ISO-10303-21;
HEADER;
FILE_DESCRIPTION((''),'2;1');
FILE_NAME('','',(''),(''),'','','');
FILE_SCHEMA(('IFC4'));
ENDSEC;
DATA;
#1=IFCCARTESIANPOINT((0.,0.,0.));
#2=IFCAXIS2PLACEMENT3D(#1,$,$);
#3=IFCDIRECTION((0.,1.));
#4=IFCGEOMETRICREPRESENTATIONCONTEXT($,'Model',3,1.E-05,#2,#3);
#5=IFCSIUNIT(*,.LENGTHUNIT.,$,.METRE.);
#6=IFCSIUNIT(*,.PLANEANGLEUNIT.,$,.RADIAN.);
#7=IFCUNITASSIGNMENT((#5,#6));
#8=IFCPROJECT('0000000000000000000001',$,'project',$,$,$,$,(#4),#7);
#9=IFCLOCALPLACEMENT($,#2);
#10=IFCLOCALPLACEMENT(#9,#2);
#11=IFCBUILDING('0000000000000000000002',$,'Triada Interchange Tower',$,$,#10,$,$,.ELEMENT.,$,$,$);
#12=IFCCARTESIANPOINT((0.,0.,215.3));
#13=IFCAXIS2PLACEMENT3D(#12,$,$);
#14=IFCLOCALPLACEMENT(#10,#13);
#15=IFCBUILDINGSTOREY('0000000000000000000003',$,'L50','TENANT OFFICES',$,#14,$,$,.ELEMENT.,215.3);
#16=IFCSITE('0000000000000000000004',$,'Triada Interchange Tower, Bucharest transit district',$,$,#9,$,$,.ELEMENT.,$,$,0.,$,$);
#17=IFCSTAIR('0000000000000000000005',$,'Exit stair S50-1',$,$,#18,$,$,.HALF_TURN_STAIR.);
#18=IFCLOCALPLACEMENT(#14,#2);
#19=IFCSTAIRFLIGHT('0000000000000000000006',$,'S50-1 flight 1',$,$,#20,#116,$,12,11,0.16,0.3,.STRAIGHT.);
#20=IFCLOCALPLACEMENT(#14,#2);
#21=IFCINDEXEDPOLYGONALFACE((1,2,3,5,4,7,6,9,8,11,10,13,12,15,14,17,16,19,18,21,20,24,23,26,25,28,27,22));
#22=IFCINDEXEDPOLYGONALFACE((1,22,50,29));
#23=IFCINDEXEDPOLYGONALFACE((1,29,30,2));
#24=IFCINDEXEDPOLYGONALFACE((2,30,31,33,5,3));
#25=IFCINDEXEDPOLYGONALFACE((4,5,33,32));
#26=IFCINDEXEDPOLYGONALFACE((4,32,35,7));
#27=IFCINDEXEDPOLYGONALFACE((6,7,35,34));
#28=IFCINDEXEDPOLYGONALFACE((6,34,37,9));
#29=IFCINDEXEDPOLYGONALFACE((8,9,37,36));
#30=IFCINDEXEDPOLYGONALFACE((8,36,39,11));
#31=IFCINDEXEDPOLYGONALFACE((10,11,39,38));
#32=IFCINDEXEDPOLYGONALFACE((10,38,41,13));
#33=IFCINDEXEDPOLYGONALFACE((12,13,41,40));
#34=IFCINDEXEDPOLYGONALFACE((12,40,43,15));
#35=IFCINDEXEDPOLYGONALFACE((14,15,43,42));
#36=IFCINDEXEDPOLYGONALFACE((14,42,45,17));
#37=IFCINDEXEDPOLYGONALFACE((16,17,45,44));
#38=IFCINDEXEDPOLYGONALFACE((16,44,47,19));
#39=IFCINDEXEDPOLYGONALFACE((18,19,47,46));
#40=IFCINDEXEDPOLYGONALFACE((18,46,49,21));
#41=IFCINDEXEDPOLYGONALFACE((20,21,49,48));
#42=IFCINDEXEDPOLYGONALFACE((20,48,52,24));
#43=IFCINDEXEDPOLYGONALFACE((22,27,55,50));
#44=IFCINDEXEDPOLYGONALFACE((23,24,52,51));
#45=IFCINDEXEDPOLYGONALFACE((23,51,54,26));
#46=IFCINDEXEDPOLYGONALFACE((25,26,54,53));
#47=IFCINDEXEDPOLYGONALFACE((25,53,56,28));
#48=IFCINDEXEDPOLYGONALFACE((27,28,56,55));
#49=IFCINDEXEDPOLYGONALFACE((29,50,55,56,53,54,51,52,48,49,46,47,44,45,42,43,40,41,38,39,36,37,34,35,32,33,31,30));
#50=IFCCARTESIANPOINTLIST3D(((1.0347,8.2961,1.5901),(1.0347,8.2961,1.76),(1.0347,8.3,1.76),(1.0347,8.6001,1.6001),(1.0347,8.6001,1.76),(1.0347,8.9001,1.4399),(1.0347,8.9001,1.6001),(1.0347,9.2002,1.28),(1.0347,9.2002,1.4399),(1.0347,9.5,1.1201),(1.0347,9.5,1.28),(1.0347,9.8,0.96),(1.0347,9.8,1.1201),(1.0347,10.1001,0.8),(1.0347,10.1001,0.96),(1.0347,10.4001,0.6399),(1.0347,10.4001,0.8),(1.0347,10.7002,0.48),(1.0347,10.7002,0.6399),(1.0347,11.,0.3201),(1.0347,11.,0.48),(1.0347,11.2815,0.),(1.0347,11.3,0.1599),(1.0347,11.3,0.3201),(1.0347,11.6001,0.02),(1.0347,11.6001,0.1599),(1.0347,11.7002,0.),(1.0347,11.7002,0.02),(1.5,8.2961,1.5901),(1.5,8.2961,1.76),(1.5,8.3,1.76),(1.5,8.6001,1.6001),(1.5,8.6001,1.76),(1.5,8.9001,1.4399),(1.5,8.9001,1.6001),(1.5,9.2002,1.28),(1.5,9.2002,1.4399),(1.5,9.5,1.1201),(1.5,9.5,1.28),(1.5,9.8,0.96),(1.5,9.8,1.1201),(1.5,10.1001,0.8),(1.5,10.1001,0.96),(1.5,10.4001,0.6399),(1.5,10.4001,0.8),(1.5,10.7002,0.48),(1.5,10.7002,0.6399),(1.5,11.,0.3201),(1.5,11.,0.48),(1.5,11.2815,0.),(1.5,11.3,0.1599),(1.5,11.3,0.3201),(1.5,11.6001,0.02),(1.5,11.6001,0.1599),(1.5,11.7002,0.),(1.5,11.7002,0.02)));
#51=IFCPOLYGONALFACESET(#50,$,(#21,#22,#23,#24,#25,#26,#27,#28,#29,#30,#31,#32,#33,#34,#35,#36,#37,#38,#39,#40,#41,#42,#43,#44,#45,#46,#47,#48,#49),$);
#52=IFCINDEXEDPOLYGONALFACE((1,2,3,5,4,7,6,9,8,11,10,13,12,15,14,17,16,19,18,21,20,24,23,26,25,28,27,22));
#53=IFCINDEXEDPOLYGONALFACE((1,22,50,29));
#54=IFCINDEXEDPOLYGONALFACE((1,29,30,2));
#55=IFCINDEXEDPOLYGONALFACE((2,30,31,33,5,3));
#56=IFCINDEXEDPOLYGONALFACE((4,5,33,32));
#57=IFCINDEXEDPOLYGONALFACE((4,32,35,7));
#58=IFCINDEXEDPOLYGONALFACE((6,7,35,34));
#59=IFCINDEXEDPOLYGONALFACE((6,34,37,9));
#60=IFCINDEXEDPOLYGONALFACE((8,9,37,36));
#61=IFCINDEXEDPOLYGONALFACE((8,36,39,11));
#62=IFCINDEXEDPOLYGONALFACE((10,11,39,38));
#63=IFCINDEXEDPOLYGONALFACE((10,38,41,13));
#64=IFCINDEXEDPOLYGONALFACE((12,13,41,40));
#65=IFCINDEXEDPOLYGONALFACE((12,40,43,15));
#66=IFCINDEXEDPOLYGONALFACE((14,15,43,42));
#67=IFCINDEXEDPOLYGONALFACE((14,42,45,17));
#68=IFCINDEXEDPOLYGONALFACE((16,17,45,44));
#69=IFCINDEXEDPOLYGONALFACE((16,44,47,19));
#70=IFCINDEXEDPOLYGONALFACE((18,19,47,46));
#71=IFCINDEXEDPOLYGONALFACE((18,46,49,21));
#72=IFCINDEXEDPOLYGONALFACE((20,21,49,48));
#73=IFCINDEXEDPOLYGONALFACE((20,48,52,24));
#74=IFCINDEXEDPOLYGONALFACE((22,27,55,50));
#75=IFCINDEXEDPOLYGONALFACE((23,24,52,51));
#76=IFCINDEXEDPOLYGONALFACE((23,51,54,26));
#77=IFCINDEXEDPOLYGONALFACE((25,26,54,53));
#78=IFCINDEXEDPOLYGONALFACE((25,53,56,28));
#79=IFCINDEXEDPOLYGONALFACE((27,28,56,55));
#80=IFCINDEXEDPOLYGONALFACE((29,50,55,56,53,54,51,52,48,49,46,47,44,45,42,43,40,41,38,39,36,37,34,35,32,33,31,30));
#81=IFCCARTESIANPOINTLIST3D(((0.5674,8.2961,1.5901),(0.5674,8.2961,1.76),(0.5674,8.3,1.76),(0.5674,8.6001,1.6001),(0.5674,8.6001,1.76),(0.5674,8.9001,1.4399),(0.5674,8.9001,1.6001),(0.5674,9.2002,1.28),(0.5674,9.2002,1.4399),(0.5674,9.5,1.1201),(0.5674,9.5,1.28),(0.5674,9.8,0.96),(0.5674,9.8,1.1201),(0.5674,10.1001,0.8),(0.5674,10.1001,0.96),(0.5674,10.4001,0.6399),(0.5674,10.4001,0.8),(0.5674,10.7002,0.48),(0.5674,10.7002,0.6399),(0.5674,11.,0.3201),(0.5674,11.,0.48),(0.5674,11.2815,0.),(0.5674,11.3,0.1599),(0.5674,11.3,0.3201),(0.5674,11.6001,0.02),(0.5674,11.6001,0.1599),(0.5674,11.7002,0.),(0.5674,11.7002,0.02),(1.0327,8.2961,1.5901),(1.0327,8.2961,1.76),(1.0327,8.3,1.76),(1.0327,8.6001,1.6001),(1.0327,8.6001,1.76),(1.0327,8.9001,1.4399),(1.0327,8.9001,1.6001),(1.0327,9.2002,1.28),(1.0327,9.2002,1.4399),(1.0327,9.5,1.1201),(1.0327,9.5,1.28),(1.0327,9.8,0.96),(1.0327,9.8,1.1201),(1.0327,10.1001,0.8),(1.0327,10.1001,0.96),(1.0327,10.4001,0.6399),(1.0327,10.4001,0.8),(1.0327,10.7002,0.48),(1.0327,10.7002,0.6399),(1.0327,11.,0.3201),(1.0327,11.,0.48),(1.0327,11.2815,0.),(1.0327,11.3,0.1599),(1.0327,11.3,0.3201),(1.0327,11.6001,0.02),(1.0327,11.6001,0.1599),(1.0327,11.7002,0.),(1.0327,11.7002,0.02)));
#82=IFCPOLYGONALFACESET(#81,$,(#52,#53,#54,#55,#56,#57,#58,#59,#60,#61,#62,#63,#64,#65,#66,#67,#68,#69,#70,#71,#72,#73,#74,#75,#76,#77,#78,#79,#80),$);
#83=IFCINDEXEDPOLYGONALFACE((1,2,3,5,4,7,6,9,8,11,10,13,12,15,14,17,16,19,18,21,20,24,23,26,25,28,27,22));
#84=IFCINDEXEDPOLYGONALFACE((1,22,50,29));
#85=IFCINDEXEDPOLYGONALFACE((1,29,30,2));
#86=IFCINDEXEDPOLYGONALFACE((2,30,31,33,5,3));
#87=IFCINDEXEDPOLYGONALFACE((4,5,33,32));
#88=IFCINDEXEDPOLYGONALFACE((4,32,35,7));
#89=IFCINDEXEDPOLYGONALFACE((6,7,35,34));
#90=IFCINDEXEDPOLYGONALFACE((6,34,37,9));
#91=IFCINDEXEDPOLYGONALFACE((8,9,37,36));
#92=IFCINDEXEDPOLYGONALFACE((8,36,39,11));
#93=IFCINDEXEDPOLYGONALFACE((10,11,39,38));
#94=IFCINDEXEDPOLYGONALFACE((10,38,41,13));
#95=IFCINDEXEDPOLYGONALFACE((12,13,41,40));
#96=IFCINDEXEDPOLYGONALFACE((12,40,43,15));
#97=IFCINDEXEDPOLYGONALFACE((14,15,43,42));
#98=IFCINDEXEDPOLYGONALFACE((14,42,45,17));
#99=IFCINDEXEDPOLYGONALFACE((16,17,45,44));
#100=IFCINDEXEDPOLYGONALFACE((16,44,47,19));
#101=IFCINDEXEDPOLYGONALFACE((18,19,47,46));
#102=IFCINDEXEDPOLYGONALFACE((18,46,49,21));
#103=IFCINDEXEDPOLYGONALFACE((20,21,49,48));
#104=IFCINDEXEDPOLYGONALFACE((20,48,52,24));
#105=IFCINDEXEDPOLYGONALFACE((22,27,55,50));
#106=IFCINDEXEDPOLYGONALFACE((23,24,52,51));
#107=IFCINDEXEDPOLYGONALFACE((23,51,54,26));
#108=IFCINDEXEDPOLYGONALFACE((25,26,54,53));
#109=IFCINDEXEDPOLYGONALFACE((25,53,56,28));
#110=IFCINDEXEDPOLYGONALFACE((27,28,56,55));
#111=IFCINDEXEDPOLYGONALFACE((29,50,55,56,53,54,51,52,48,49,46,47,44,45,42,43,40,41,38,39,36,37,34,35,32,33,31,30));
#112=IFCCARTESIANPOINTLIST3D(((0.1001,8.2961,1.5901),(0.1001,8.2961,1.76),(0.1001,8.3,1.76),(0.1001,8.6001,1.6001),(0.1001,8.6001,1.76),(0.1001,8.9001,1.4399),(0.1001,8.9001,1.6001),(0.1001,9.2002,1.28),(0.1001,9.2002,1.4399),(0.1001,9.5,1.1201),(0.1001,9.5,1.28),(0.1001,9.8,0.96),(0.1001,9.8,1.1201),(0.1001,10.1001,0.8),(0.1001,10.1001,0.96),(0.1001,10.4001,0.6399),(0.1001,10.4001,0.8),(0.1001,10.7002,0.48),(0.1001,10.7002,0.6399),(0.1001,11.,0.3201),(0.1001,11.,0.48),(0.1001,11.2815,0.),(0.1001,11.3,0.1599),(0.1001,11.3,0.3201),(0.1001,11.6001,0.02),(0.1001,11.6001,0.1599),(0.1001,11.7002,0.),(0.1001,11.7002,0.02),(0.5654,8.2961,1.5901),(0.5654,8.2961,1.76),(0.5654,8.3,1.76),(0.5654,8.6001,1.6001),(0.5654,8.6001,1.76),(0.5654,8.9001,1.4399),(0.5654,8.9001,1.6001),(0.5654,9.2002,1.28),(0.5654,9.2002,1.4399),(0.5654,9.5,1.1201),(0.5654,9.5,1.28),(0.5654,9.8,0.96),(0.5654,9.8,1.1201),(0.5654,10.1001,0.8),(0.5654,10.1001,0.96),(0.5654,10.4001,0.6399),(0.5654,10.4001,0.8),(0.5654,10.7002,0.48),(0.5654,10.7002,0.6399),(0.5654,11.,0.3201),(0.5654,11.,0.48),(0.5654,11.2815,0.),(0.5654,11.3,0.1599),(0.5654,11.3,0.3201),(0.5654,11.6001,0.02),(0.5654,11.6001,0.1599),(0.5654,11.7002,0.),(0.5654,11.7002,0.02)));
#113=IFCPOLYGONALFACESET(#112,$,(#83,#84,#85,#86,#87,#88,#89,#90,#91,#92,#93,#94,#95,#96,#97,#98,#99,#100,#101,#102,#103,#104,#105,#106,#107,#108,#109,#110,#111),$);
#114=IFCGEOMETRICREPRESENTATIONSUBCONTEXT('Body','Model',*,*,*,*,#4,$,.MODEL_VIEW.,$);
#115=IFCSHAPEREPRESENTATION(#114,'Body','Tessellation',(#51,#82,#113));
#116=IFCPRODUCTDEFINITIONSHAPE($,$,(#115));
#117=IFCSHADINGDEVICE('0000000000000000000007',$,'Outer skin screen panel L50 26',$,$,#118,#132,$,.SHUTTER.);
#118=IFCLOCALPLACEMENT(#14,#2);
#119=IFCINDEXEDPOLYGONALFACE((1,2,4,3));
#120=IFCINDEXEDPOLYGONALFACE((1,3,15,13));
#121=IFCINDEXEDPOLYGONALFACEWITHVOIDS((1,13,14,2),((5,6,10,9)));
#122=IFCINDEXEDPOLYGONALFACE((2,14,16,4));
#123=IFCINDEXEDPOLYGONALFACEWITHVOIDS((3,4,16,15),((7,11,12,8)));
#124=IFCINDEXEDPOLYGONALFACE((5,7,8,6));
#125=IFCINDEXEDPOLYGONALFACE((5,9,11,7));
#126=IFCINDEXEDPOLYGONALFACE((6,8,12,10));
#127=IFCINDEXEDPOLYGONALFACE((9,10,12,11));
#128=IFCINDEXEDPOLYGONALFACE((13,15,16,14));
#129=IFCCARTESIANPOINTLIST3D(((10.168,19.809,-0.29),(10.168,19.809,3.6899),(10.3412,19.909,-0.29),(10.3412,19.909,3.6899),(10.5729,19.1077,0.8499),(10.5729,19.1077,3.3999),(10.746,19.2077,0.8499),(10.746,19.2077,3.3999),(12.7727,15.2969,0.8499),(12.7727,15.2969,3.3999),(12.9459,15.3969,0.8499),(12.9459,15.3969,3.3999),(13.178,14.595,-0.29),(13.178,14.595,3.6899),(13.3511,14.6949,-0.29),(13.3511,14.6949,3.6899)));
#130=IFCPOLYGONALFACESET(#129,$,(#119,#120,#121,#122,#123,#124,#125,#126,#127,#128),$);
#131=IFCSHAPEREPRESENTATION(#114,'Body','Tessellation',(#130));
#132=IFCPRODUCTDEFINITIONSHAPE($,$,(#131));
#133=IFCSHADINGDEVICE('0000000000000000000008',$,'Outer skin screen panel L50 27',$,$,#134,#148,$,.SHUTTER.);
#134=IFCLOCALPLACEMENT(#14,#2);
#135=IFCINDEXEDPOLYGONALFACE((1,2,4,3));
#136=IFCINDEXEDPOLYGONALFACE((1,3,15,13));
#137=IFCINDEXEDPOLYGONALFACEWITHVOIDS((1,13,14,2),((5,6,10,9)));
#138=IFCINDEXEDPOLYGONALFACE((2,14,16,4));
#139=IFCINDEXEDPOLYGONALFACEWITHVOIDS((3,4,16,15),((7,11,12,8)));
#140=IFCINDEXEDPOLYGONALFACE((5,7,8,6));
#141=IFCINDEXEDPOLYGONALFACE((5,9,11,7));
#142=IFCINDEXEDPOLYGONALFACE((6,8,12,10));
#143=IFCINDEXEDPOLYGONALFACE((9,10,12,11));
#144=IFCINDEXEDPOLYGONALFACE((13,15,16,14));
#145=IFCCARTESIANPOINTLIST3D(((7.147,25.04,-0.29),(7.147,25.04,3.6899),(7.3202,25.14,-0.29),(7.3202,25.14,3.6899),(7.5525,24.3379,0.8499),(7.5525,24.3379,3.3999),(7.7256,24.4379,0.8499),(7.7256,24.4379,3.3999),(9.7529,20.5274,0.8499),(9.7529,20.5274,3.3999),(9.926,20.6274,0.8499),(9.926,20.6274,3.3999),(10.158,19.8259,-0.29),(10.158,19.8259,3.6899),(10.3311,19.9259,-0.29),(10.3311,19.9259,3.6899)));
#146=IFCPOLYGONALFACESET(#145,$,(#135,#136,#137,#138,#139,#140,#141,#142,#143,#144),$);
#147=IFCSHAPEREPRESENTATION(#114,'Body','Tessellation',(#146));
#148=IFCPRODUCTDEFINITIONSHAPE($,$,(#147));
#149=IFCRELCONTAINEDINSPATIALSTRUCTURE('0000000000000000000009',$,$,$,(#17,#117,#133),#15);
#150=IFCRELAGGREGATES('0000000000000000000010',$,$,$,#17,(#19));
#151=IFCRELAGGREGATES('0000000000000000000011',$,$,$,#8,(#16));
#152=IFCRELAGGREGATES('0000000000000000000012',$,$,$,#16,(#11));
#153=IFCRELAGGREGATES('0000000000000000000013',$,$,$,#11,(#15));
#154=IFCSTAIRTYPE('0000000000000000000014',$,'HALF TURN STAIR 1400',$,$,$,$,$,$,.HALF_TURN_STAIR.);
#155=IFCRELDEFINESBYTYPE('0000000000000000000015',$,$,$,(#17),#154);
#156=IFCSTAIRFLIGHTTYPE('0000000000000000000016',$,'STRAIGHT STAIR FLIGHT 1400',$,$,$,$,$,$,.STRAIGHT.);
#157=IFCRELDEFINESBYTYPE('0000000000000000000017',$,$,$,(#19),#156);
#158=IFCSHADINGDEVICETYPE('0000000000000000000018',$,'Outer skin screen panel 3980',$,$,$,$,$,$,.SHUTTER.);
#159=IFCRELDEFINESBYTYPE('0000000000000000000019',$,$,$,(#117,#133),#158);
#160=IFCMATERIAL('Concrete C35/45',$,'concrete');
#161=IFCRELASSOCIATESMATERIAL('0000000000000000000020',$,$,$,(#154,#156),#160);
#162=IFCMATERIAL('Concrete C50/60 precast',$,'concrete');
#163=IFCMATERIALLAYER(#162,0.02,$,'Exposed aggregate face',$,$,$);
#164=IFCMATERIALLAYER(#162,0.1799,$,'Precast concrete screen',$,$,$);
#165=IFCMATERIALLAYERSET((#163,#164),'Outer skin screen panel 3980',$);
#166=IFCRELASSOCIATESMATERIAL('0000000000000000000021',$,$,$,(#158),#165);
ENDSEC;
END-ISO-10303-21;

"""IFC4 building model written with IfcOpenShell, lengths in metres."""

from ifc_helpers import new_model, si_unit, direction, frame, origin, place, context, subcontext, project, spatial, polyline, outline, extrude, material, layer, layer_set, type_object, element, aggregate, save


model = new_model("IFC4")

# Units and contexts
model_context = context("Model", 3, precision=1e-05, world=origin(), true_north=direction((0.0, 1.0)))
body_context = subcontext(model_context, "Body", "Model", "MODEL_VIEW")
ifc_project = project(units=[si_unit("LENGTHUNIT", "METRE"), si_unit("PLANEANGLEUNIT", "RADIAN")], contexts=[model_context])

# Site, building, storey
site_placement = place(None, origin())
site = spatial("IfcSite", under=ifc_project, at=site_placement, Name="Triada Interchange Tower, Bucharest transit district", CompositionType="ELEMENT", RefElevation=0.0)
building_placement = place(site_placement, origin())
building = spatial("IfcBuilding", under=site, at=building_placement, Name="Triada Interchange Tower", CompositionType="ELEMENT")
storey_placement = place(building_placement, frame((0.0, 0.0, 215.3)))
storey = spatial("IfcBuildingStorey", under=building, at=storey_placement, Name="L50", Description="TENANT OFFICES", CompositionType="ELEMENT", Elevation=215.3)

# Stair, stair flight
ifc_material_1 = material(Name="Concrete C35/45", Category="concrete")
stair_type = type_object("IfcStairType", Name="HALF TURN STAIR 1400", PredefinedType="HALF_TURN_STAIR", material=ifc_material_1)
stair_placement = place(storey_placement, origin())
stair = element("IfcStair", 1, at=stair_placement, inside=storey, type_object=stair_type, Name="Exit stair S50-1", PredefinedType="HALF_TURN_STAIR")
stair_flight_type = type_object("IfcStairFlightType", Name="STRAIGHT STAIR FLIGHT 1400", PredefinedType="STRAIGHT", material=ifc_material_1)
stair_flight_placement = place(storey_placement, frame((0.8, 11.6001, 0.0), z_axis=(0.0, 0.0, 1.0), x_axis=(0.0, -1.0, 0.0)))
stair_flight = element("IfcStairFlight", 2, at=stair_flight_placement, type_object=stair_flight_type, Name="S50-1 flight 1", NumberOfRisers=12, NumberOfTreads=11, PredefinedType="STRAIGHT", RiserHeight=0.16, TreadLength=0.3, context=body_context, shape_type="SweptSolid", body=[
    extrude(outline(polyline([(-0.1001, 0.0), (-0.1001, 0.02), (0.0, 0.02), (0.0, 0.1599), (0.3, 0.1599), (0.3, 0.3201), (0.6001, 0.3201), (0.6001, 0.48), (0.8999, 0.48), (0.8999, 0.6399), (1.2, 0.6399), (1.2, 0.8), (1.5, 0.8), (1.5, 0.96), (1.8, 0.96), (1.8, 1.1201), (2.1001, 1.1201), (2.1001, 1.28), (2.3999, 1.28), (2.3999, 1.4399), (2.7, 1.4399), (2.7, 1.6001), (3.0, 1.6001), (3.0, 1.76), (3.3, 1.76), (3.304, 1.76), (3.304, 1.9199), (3.304, 1.5901), (0.3186, 0.0), (-0.1001, 0.0)])), frame((0.0, 0.7, 0.0), z_axis=(0.0, -1.0, 0.0), x_axis=(1.0, 0.0, 0.0)), (0.0, 0.0, 1.0), 0.4653),
    extrude(outline(polyline([(-0.1001, 0.0), (-0.1001, 0.02), (0.0, 0.02), (0.0, 0.1599), (0.3, 0.1599), (0.3, 0.3201), (0.6001, 0.3201), (0.6001, 0.48), (0.8999, 0.48), (0.8999, 0.6399), (1.2, 0.6399), (1.2, 0.8), (1.5, 0.8), (1.5, 0.96), (1.8, 0.96), (1.8, 1.1201), (2.1001, 1.1201), (2.1001, 1.28), (2.3999, 1.28), (2.3999, 1.4399), (2.7, 1.4399), (2.7, 1.6001), (3.0, 1.6001), (3.0, 1.76), (3.3, 1.76), (3.304, 1.76), (3.304, 1.9199), (3.304, 1.5901), (0.3186, 0.0), (-0.1001, 0.0)])), frame((0.0, 0.2327, 0.0), z_axis=(0.0, -1.0, 0.0), x_axis=(1.0, 0.0, 0.0)), (0.0, 0.0, 1.0), 0.4653),
    extrude(outline(polyline([(-0.1001, 0.0), (-0.1001, 0.02), (0.0, 0.02), (0.0, 0.1599), (0.3, 0.1599), (0.3, 0.3201), (0.6001, 0.3201), (0.6001, 0.48), (0.8999, 0.48), (0.8999, 0.6399), (1.2, 0.6399), (1.2, 0.8), (1.5, 0.8), (1.5, 0.96), (1.8, 0.96), (1.8, 1.1201), (2.1001, 1.1201), (2.1001, 1.28), (2.3999, 1.28), (2.3999, 1.4399), (2.7, 1.4399), (2.7, 1.6001), (3.0, 1.6001), (3.0, 1.76), (3.3, 1.76), (3.304, 1.76), (3.304, 1.9199), (3.304, 1.5901), (0.3186, 0.0), (-0.1001, 0.0)])), frame((0.0, -0.2346, 0.0), z_axis=(0.0, -1.0, 0.0), x_axis=(1.0, 0.0, 0.0)), (0.0, 0.0, 1.0), 0.4653),
])

# Shading devices
ifc_material_2 = material(Name="Concrete C50/60 precast", Category="concrete")
ifc_layer_1 = layer(ifc_material_2, 0.02, Name="Exposed aggregate face")
ifc_layer_2 = layer(ifc_material_2, 0.1799, Name="Precast concrete screen")
ifc_layer_set_1 = layer_set([ifc_layer_1, ifc_layer_2], Name="Outer skin screen panel 3980")
shading_device_type = type_object("IfcShadingDeviceType", Name="Outer skin screen panel 3980", PredefinedType="SHUTTER", material=ifc_layer_set_1)
shading_device_1_placement = place(storey_placement, frame((13.178, 14.595, -0.29), z_axis=(0.0, 0.0, 1.0), x_axis=(-0.499955, 0.866051, 0.0)))
element("IfcShadingDevice", 3, at=shading_device_1_placement, inside=storey, type_object=shading_device_type, Name="Outer skin screen panel L50 26", PredefinedType="SHUTTER", context=body_context, shape_type="SweptSolid", body=[
    extrude(outline(polyline([(0.0, 0.0), (6.0205, 0.0), (6.0205, 3.98), (0.0, 3.98), (0.0, 0.0)]), holes=[polyline([(0.8105, 1.1399), (0.8105, 3.6899), (5.2107, 3.6899), (5.2107, 1.1399), (0.8105, 1.1399)])]), frame((0.0, 0.0, 0.0), z_axis=(0.0, -1.0, 0.0), x_axis=(1.0, 0.0, 0.0)), (0.0, 0.0, 1.0), 0.2),
])
shading_device_2_placement = place(storey_placement, frame((10.158, 19.8259, -0.29), z_axis=(0.0, 0.0, 1.0), x_axis=(-0.500077, 0.865981, 0.0)))
element("IfcShadingDevice", 4, at=shading_device_2_placement, inside=storey, type_object=shading_device_type, Name="Outer skin screen panel L50 27", PredefinedType="SHUTTER", context=body_context, shape_type="SweptSolid", body=[
    extrude(outline(polyline([(0.0, 0.0), (6.021, 0.0), (6.021, 3.98), (0.0, 3.98), (0.0, 0.0)]), holes=[polyline([(0.8101, 1.1399), (0.8101, 3.6899), (5.2102, 3.6899), (5.2102, 1.1399), (0.8101, 1.1399)])]), frame((0.0, 0.0, 0.0), z_axis=(0.0, -1.0, 0.0), x_axis=(1.0, 0.0, 0.0)), (0.0, 0.0, 1.0), 0.2),
])

aggregate(stair, [stair_flight])

save(model, "model.ifc")
